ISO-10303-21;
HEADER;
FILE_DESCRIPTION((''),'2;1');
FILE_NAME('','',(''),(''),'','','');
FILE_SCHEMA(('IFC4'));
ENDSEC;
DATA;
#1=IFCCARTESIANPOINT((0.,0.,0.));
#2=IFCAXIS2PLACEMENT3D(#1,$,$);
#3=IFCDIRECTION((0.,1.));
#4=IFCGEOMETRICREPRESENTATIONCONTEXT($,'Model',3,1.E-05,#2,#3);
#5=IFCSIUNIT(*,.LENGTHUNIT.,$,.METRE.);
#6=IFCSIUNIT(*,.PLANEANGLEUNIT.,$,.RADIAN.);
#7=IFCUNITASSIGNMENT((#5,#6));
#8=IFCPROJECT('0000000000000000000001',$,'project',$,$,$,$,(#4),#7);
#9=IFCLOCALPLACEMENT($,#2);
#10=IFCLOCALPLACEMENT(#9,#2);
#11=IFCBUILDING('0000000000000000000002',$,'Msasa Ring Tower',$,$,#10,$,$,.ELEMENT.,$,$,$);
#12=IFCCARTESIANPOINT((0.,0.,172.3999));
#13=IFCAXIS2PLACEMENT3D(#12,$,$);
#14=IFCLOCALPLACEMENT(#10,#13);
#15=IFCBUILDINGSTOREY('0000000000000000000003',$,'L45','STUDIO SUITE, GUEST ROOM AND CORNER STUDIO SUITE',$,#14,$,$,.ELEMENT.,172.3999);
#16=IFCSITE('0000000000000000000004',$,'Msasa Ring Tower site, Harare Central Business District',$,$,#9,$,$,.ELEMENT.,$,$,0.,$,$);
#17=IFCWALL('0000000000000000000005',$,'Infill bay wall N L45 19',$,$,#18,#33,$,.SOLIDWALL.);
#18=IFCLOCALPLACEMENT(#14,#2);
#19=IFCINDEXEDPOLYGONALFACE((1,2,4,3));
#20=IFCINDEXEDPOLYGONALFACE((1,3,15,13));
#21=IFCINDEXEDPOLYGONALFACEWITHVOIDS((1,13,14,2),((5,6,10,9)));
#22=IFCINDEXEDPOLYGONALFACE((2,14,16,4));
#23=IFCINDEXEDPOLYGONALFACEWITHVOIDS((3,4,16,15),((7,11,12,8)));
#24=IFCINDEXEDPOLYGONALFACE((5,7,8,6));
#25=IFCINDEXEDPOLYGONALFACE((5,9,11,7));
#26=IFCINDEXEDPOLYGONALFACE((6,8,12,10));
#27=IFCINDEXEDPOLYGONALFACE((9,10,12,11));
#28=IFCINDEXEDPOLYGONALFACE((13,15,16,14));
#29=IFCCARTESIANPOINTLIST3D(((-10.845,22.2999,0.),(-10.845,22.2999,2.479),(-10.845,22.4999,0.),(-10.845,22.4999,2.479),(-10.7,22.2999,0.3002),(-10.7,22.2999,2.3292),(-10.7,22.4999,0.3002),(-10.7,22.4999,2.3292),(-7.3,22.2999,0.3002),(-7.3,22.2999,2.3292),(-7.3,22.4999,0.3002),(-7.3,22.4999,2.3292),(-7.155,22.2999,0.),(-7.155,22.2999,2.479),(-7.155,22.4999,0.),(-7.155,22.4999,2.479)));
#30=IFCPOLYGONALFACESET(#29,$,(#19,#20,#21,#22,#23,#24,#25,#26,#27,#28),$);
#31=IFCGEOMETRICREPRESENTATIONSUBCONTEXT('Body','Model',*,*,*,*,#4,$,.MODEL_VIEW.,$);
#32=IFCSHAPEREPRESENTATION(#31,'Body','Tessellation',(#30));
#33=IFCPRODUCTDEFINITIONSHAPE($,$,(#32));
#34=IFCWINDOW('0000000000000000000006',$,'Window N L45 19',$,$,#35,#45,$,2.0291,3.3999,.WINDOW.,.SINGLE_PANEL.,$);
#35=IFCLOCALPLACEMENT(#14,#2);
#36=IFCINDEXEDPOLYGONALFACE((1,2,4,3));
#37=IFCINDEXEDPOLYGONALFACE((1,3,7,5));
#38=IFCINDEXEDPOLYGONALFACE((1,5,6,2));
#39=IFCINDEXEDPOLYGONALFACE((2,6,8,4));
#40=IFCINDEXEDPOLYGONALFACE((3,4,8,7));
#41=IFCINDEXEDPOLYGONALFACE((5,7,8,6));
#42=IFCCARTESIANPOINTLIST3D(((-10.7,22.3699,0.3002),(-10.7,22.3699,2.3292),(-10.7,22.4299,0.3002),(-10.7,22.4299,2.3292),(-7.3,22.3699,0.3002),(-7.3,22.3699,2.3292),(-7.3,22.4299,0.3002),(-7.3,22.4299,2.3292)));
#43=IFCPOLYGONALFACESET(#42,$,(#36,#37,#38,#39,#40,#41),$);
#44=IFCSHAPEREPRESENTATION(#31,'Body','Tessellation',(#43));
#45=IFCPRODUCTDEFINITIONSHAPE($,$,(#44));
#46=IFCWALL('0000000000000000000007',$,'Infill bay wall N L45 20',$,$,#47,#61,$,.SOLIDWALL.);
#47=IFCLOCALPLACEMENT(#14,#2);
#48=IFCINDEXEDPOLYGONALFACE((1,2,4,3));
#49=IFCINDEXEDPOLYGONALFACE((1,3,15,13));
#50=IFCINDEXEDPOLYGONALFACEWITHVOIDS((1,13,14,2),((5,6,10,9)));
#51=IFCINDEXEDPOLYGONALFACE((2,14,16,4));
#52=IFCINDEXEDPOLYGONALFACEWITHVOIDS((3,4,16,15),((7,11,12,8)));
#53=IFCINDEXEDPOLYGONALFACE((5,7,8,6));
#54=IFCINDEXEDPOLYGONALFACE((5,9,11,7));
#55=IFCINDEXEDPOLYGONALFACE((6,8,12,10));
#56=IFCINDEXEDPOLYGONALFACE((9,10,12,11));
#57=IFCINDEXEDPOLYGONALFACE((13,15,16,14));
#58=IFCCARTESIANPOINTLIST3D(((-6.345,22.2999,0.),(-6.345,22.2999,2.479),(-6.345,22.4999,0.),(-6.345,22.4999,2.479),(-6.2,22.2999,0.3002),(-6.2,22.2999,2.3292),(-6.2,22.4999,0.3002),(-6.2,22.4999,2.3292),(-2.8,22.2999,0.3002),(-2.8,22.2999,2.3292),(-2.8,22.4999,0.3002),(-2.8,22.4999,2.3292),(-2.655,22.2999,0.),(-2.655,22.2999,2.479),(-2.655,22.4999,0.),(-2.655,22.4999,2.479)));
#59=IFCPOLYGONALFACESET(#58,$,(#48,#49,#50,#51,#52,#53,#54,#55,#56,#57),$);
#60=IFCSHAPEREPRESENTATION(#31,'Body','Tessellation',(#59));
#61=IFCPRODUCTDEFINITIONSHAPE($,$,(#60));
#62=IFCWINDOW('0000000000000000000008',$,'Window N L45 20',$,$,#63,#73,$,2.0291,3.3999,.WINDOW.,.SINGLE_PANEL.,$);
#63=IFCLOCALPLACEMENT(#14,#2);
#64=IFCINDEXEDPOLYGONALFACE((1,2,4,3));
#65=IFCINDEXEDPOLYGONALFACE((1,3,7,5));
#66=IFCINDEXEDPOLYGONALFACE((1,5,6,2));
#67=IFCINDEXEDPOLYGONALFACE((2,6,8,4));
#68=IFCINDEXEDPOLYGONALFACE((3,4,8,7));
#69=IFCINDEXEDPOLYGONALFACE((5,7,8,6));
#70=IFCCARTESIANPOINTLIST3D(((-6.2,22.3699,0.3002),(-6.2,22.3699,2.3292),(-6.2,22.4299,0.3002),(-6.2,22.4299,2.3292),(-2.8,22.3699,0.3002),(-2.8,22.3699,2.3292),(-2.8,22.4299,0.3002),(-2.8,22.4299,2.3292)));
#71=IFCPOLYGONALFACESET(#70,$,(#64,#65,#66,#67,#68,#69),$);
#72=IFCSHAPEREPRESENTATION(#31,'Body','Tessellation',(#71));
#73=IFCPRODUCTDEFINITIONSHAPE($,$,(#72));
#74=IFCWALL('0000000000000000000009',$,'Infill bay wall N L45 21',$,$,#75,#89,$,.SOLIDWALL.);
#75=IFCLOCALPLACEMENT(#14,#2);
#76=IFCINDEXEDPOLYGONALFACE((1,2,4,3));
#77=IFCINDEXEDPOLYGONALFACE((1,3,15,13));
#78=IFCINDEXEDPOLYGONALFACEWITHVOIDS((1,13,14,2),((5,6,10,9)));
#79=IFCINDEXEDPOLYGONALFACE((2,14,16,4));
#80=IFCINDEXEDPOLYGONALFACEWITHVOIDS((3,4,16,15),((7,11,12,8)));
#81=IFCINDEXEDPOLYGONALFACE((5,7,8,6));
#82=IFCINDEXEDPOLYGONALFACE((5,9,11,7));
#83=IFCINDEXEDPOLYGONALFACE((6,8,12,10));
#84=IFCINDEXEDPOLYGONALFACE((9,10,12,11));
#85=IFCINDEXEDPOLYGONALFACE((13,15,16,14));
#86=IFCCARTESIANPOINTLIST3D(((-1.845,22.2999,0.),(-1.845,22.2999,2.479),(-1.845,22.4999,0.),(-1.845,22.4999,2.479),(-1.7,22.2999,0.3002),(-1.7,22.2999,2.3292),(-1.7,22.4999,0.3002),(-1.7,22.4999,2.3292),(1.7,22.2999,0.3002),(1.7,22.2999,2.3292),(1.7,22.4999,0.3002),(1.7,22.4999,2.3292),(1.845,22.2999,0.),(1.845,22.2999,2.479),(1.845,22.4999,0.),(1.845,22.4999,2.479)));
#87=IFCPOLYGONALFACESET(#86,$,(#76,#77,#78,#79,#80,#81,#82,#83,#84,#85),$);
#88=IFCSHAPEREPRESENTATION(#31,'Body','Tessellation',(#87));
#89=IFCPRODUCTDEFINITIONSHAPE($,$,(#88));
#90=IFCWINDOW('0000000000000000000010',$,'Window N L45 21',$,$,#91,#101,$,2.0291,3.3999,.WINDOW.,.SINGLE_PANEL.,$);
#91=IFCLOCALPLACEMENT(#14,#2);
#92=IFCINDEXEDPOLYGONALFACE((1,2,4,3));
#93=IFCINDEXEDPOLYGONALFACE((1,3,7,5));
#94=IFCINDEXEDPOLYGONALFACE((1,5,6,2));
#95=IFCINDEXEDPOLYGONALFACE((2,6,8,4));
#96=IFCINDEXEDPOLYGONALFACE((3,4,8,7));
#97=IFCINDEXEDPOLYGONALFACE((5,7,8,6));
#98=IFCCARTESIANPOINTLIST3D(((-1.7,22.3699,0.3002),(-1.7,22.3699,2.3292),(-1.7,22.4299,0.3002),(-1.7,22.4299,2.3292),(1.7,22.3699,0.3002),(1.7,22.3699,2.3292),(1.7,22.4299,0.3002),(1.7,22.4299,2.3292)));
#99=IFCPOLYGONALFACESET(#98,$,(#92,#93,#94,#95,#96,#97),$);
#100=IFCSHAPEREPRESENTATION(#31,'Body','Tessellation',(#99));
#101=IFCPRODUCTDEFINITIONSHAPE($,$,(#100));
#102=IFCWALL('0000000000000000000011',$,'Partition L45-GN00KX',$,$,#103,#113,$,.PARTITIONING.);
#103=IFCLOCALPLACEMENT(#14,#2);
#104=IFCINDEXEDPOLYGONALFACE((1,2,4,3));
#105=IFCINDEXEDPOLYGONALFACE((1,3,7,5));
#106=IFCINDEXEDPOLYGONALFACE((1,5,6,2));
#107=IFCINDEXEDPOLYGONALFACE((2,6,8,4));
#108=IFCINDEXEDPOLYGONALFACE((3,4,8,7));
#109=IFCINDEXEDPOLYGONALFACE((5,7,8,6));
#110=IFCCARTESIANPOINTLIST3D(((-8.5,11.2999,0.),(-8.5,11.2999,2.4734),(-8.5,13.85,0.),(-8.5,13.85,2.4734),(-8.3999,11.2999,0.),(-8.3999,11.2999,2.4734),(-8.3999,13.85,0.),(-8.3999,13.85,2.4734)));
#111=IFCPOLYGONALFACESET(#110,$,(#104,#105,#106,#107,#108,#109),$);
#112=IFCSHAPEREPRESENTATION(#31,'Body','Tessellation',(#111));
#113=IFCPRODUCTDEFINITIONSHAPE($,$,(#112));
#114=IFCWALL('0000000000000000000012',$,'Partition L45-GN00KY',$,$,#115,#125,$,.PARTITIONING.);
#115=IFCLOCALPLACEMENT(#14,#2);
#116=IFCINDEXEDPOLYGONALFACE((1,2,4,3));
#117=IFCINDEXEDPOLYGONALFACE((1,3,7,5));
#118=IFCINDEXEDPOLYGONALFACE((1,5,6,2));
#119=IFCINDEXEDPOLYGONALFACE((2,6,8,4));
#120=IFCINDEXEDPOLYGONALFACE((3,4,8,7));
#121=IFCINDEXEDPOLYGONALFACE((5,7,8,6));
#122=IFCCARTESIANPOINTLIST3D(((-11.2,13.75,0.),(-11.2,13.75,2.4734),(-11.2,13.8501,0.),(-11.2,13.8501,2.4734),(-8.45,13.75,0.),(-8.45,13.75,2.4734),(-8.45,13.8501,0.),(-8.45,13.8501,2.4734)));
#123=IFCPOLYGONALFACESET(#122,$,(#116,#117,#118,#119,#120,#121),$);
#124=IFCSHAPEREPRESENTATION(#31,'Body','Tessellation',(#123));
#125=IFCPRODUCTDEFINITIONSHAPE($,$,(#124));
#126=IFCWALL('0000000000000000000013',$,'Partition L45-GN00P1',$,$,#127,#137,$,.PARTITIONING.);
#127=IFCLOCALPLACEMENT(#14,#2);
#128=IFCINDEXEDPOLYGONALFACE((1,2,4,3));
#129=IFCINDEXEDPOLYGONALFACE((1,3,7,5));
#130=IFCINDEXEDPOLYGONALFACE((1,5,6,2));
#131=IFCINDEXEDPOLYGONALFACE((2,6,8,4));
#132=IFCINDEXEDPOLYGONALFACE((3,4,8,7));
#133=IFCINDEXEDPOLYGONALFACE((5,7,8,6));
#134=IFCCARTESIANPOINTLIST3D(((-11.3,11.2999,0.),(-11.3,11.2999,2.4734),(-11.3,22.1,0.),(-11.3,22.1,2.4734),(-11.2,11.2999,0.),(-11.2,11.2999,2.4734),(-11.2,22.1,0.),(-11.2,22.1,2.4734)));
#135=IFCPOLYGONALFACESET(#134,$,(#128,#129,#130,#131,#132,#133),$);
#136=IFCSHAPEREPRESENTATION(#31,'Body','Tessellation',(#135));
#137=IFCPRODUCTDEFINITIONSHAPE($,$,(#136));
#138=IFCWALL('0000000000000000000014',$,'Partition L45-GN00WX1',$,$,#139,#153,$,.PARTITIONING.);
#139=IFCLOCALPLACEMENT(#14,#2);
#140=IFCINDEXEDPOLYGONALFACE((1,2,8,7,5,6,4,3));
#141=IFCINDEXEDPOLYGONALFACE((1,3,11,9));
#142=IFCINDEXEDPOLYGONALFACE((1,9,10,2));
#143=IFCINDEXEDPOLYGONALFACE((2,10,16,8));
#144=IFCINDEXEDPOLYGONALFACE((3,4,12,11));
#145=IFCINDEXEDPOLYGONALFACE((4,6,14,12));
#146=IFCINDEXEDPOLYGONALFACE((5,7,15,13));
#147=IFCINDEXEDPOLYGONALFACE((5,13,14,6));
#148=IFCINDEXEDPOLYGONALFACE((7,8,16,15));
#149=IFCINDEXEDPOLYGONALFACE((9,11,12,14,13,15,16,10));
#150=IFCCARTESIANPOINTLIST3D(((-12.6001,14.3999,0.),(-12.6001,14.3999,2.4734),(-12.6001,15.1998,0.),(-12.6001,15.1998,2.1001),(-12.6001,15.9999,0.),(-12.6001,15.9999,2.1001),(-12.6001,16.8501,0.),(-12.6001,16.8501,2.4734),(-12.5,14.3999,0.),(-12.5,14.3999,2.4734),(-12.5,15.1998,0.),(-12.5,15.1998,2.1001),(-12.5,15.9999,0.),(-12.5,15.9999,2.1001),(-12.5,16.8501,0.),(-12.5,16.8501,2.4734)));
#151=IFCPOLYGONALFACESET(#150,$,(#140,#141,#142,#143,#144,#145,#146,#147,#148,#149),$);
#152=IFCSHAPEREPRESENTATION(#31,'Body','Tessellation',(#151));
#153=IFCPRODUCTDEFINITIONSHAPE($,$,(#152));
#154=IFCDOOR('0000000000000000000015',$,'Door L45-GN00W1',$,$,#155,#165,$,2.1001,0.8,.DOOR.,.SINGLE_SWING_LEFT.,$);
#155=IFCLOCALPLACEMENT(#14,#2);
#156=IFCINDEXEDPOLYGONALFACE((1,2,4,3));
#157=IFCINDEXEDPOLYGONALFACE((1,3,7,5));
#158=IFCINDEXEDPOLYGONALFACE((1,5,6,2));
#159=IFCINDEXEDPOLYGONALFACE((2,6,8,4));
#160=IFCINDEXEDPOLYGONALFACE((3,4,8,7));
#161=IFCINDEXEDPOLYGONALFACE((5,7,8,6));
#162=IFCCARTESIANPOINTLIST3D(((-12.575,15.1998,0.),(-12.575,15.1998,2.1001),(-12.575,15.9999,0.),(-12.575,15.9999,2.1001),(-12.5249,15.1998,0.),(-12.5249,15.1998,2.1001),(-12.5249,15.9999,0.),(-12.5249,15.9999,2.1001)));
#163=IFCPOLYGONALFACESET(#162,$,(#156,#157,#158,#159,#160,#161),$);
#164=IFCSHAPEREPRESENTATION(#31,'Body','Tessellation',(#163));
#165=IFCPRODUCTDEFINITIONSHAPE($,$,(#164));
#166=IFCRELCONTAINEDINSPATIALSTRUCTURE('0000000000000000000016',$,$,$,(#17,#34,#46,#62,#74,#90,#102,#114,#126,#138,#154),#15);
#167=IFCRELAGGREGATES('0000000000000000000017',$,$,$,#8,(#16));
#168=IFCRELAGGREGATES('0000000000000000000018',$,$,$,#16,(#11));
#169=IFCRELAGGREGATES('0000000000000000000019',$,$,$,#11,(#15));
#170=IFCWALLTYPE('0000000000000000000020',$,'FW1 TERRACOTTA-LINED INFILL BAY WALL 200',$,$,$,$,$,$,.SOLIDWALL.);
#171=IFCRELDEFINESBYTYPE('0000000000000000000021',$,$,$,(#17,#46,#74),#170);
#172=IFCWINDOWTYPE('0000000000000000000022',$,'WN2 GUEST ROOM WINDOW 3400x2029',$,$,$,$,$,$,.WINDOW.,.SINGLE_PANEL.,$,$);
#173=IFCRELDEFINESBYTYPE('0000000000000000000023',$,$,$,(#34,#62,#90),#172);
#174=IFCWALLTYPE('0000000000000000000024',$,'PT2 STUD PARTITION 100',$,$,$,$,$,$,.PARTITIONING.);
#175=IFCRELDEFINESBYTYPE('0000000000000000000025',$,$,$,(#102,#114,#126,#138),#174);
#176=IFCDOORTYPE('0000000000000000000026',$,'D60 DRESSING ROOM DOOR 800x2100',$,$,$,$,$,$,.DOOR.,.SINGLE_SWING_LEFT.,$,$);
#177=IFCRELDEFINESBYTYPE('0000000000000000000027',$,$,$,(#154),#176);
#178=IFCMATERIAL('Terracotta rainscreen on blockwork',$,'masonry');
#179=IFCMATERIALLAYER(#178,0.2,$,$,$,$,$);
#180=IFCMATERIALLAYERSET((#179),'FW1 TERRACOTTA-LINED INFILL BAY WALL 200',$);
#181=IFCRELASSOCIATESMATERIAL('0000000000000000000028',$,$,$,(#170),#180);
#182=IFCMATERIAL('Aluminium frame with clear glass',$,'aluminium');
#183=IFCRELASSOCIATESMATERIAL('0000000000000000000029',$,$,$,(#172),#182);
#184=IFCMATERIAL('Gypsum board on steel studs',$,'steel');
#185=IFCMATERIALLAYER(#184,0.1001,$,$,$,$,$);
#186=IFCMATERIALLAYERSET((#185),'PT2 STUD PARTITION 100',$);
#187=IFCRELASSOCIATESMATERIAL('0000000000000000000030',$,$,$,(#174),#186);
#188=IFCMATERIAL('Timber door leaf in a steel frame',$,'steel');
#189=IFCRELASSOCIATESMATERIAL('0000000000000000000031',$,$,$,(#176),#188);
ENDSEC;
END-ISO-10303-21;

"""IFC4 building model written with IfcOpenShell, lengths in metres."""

from ifc_helpers import new_model, si_unit, direction, frame, frame_2d, origin, place, context, subcontext, project, spatial, rectangle, extrude, material, layer, layer_set, type_object, element, fill, save


model = new_model("IFC4")

# Units and contexts
model_context = context("Model", 3, precision=1e-05, world=origin(), true_north=direction((0.0, 1.0)))
body_context = subcontext(model_context, "Body", "Model", "MODEL_VIEW")
ifc_project = project(units=[si_unit("LENGTHUNIT", "METRE"), si_unit("PLANEANGLEUNIT", "RADIAN")], contexts=[model_context])

# Site, building, storey
site_placement = place(None, origin())
site = spatial("IfcSite", under=ifc_project, at=site_placement, Name="Msasa Ring Tower site, Harare Central Business District", CompositionType="ELEMENT", RefElevation=0.0)
building_placement = place(site_placement, origin())
building = spatial("IfcBuilding", under=site, at=building_placement, Name="Msasa Ring Tower", CompositionType="ELEMENT")
storey_placement = place(building_placement, frame((0.0, 0.0, 172.3999)))
storey = spatial("IfcBuildingStorey", under=building, at=storey_placement, Name="L45", Description="STUDIO SUITE, GUEST ROOM AND CORNER STUDIO SUITE", CompositionType="ELEMENT", Elevation=172.3999)

# Walls, openings, windows
ifc_material_1 = material(Name="Terracotta rainscreen on blockwork", Category="masonry")
ifc_layer_1 = layer(ifc_material_1, 0.2)
ifc_layer_set_1 = layer_set([ifc_layer_1], Name="FW1 TERRACOTTA-LINED INFILL BAY WALL 200")
wall_type_1 = type_object("IfcWallType", Name="FW1 TERRACOTTA-LINED INFILL BAY WALL 200", PredefinedType="SOLIDWALL", material=ifc_layer_set_1)
wall_1_placement = place(storey_placement, frame((-10.845, 22.3999, 0.0), z_axis=(0.0, 0.0, 1.0), x_axis=(1.0, 0.0, 0.0)))
wall_1 = element("IfcWall", 1, at=wall_1_placement, inside=storey, type_object=wall_type_1, Name="Infill bay wall N L45 19", PredefinedType="SOLIDWALL", context=body_context, shape_type="SweptSolid", body=[
    extrude(rectangle(XDim=3.6899, YDim=0.2, at=frame_2d((1.845, 0.0))), origin(), (0.0, 0.0, 1.0), 2.479),
])
opening_1_placement = place(wall_1_placement, frame((0.145, 0.0, 0.3)))
opening_1 = element("IfcOpeningElement", 2, at=opening_1_placement, cuts=wall_1, PredefinedType="OPENING", context=body_context, shape_type="SweptSolid", body=[
    extrude(rectangle(XDim=3.3999, YDim=2.0291, at=frame_2d((1.7, 1.0146))), frame((0.0, 0.1099, 0.0), z_axis=(0.0, -1.0, 0.0), x_axis=(1.0, 0.0, 0.0)), (0.0, 0.0, 1.0), 0.22),
])
ifc_material_2 = material(Name="Aluminium frame with clear glass", Category="aluminium")
window_type = type_object("IfcWindowType", Name="WN2 GUEST ROOM WINDOW 3400x2029", PartitioningType="SINGLE_PANEL", PredefinedType="WINDOW", material=ifc_material_2)
window_1_placement = place(opening_1_placement, origin())
window_1 = element("IfcWindow", 3, at=window_1_placement, inside=storey, type_object=window_type, Name="Window N L45 19", OverallHeight=2.0291, OverallWidth=3.3999, PartitioningType="SINGLE_PANEL", PredefinedType="WINDOW", context=body_context, shape_type="SweptSolid", body=[
    extrude(rectangle(XDim=3.3999, YDim=2.0291, at=frame_2d((1.7, 1.0146))), frame((0.0, 0.03, 0.0), z_axis=(0.0, -1.0, 0.0), x_axis=(1.0, 0.0, 0.0)), (0.0, 0.0, 1.0), 0.0601),
])
fill(opening_1, window_1)
wall_2_placement = place(storey_placement, frame((-6.345, 22.3999, 0.0), z_axis=(0.0, 0.0, 1.0), x_axis=(1.0, 0.0, 0.0)))
wall_2 = element("IfcWall", 4, at=wall_2_placement, inside=storey, type_object=wall_type_1, Name="Infill bay wall N L45 20", PredefinedType="SOLIDWALL", context=body_context, shape_type="SweptSolid", body=[
    extrude(rectangle(XDim=3.6899, YDim=0.2, at=frame_2d((1.845, 0.0))), origin(), (0.0, 0.0, 1.0), 2.479),
])
opening_2_placement = place(wall_2_placement, frame((0.145, 0.0, 0.3)))
opening_2 = element("IfcOpeningElement", 5, at=opening_2_placement, cuts=wall_2, PredefinedType="OPENING", context=body_context, shape_type="SweptSolid", body=[
    extrude(rectangle(XDim=3.3999, YDim=2.0291, at=frame_2d((1.7, 1.0146))), frame((0.0, 0.1099, 0.0), z_axis=(0.0, -1.0, 0.0), x_axis=(1.0, 0.0, 0.0)), (0.0, 0.0, 1.0), 0.22),
])
window_2_placement = place(opening_2_placement, origin())
window_2 = element("IfcWindow", 6, at=window_2_placement, inside=storey, type_object=window_type, Name="Window N L45 20", OverallHeight=2.0291, OverallWidth=3.3999, PartitioningType="SINGLE_PANEL", PredefinedType="WINDOW", context=body_context, shape_type="SweptSolid", body=[
    extrude(rectangle(XDim=3.3999, YDim=2.0291, at=frame_2d((1.7, 1.0146))), frame((0.0, 0.03, 0.0), z_axis=(0.0, -1.0, 0.0), x_axis=(1.0, 0.0, 0.0)), (0.0, 0.0, 1.0), 0.0601),
])
fill(opening_2, window_2)
wall_3_placement = place(storey_placement, frame((-1.845, 22.3999, 0.0), z_axis=(0.0, 0.0, 1.0), x_axis=(1.0, 0.0, 0.0)))
wall_3 = element("IfcWall", 7, at=wall_3_placement, inside=storey, type_object=wall_type_1, Name="Infill bay wall N L45 21", PredefinedType="SOLIDWALL", context=body_context, shape_type="SweptSolid", body=[
    extrude(rectangle(XDim=3.6899, YDim=0.2, at=frame_2d((1.845, 0.0))), origin(), (0.0, 0.0, 1.0), 2.479),
])
opening_3_placement = place(wall_3_placement, frame((0.145, 0.0, 0.3)))
opening_3 = element("IfcOpeningElement", 8, at=opening_3_placement, cuts=wall_3, PredefinedType="OPENING", context=body_context, shape_type="SweptSolid", body=[
    extrude(rectangle(XDim=3.3999, YDim=2.0291, at=frame_2d((1.7, 1.0146))), frame((0.0, 0.1099, 0.0), z_axis=(0.0, -1.0, 0.0), x_axis=(1.0, 0.0, 0.0)), (0.0, 0.0, 1.0), 0.22),
])
window_3_placement = place(opening_3_placement, origin())
window_3 = element("IfcWindow", 9, at=window_3_placement, inside=storey, type_object=window_type, Name="Window N L45 21", OverallHeight=2.0291, OverallWidth=3.3999, PartitioningType="SINGLE_PANEL", PredefinedType="WINDOW", context=body_context, shape_type="SweptSolid", body=[
    extrude(rectangle(XDim=3.3999, YDim=2.0291, at=frame_2d((1.7, 1.0146))), frame((0.0, 0.03, 0.0), z_axis=(0.0, -1.0, 0.0), x_axis=(1.0, 0.0, 0.0)), (0.0, 0.0, 1.0), 0.0601),
])
fill(opening_3, window_3)

# Walls
ifc_material_3 = material(Name="Gypsum board on steel studs", Category="steel")
ifc_layer_2 = layer(ifc_material_3, 0.1001)
ifc_layer_set_2 = layer_set([ifc_layer_2], Name="PT2 STUD PARTITION 100")
wall_type_2 = type_object("IfcWallType", Name="PT2 STUD PARTITION 100", PredefinedType="PARTITIONING", material=ifc_layer_set_2)
wall_4_placement = place(storey_placement, frame((-8.45, 11.3, 0.0), z_axis=(0.0, 0.0, 1.0), x_axis=(0.0, 1.0, 0.0)))
element("IfcWall", 10, at=wall_4_placement, inside=storey, type_object=wall_type_2, Name="Partition L45-GN00KX", PredefinedType="PARTITIONING", context=body_context, shape_type="SweptSolid", body=[
    extrude(rectangle(XDim=2.55, YDim=0.1001, at=frame_2d((1.2749, 0.0))), origin(), (0.0, 0.0, 1.0), 2.4734),
])
wall_5_placement = place(storey_placement, frame((-11.2, 13.8, 0.0), z_axis=(0.0, 0.0, 1.0), x_axis=(1.0, 0.0, 0.0)))
element("IfcWall", 11, at=wall_5_placement, inside=storey, type_object=wall_type_2, Name="Partition L45-GN00KY", PredefinedType="PARTITIONING", context=body_context, shape_type="SweptSolid", body=[
    extrude(rectangle(XDim=2.75, YDim=0.1001, at=frame_2d((1.375, 0.0))), origin(), (0.0, 0.0, 1.0), 2.4734),
])
wall_6_placement = place(storey_placement, frame((-11.25, 11.3, 0.0), z_axis=(0.0, 0.0, 1.0), x_axis=(0.0, 1.0, 0.0)))
element("IfcWall", 12, at=wall_6_placement, inside=storey, type_object=wall_type_2, Name="Partition L45-GN00P1", PredefinedType="PARTITIONING", context=body_context, shape_type="SweptSolid", body=[
    extrude(rectangle(XDim=10.8, YDim=0.1001, at=frame_2d((5.3999, 0.0))), origin(), (0.0, 0.0, 1.0), 2.4734),
])

# Wall, opening, door
wall_7_placement = place(storey_placement, frame((-12.55, 14.3999, 0.0), z_axis=(0.0, 0.0, 1.0), x_axis=(0.0, 1.0, 0.0)))
wall_7 = element("IfcWall", 13, at=wall_7_placement, inside=storey, type_object=wall_type_2, Name="Partition L45-GN00WX1", PredefinedType="PARTITIONING", context=body_context, shape_type="SweptSolid", body=[
    extrude(rectangle(XDim=2.4502, YDim=0.1001, at=frame_2d((1.2251, 0.0))), origin(), (0.0, 0.0, 1.0), 2.4734),
])
opening_4_placement = place(wall_7_placement, frame((0.8, 0.0, 0.0)))
opening_4 = element("IfcOpeningElement", 14, at=opening_4_placement, cuts=wall_7, PredefinedType="OPENING", context=body_context, shape_type="SweptSolid", body=[
    extrude(rectangle(XDim=0.8, YDim=2.1001, at=frame_2d((0.3999, 1.05))), frame((0.0, 0.0601, 0.0), z_axis=(0.0, -1.0, 0.0), x_axis=(1.0, 0.0, 0.0)), (0.0, 0.0, 1.0), 0.1201),
])
ifc_material_4 = material(Name="Timber door leaf in a steel frame", Category="steel")
door_type_1 = type_object("IfcDoorType", Name="D60 DRESSING ROOM DOOR 800x2100", OperationType="SINGLE_SWING_LEFT", PredefinedType="DOOR", material=ifc_material_4)
door_1_placement = place(opening_4_placement, origin())
door_1 = element("IfcDoor", 15, at=door_1_placement, inside=storey, type_object=door_type_1, Name="Door L45-GN00W1", OperationType="SINGLE_SWING_LEFT", OverallHeight=2.1001, OverallWidth=0.8, PredefinedType="DOOR", context=body_context, shape_type="SweptSolid", body=[
    extrude(rectangle(XDim=0.8, YDim=2.1001, at=frame_2d((0.3999, 1.05))), frame((0.0, 0.0249, 0.0), z_axis=(0.0, -1.0, 0.0), x_axis=(1.0, 0.0, 0.0)), (0.0, 0.0, 1.0), 0.05),
])
fill(opening_4, door_1)

save(model, "model.ifc")
